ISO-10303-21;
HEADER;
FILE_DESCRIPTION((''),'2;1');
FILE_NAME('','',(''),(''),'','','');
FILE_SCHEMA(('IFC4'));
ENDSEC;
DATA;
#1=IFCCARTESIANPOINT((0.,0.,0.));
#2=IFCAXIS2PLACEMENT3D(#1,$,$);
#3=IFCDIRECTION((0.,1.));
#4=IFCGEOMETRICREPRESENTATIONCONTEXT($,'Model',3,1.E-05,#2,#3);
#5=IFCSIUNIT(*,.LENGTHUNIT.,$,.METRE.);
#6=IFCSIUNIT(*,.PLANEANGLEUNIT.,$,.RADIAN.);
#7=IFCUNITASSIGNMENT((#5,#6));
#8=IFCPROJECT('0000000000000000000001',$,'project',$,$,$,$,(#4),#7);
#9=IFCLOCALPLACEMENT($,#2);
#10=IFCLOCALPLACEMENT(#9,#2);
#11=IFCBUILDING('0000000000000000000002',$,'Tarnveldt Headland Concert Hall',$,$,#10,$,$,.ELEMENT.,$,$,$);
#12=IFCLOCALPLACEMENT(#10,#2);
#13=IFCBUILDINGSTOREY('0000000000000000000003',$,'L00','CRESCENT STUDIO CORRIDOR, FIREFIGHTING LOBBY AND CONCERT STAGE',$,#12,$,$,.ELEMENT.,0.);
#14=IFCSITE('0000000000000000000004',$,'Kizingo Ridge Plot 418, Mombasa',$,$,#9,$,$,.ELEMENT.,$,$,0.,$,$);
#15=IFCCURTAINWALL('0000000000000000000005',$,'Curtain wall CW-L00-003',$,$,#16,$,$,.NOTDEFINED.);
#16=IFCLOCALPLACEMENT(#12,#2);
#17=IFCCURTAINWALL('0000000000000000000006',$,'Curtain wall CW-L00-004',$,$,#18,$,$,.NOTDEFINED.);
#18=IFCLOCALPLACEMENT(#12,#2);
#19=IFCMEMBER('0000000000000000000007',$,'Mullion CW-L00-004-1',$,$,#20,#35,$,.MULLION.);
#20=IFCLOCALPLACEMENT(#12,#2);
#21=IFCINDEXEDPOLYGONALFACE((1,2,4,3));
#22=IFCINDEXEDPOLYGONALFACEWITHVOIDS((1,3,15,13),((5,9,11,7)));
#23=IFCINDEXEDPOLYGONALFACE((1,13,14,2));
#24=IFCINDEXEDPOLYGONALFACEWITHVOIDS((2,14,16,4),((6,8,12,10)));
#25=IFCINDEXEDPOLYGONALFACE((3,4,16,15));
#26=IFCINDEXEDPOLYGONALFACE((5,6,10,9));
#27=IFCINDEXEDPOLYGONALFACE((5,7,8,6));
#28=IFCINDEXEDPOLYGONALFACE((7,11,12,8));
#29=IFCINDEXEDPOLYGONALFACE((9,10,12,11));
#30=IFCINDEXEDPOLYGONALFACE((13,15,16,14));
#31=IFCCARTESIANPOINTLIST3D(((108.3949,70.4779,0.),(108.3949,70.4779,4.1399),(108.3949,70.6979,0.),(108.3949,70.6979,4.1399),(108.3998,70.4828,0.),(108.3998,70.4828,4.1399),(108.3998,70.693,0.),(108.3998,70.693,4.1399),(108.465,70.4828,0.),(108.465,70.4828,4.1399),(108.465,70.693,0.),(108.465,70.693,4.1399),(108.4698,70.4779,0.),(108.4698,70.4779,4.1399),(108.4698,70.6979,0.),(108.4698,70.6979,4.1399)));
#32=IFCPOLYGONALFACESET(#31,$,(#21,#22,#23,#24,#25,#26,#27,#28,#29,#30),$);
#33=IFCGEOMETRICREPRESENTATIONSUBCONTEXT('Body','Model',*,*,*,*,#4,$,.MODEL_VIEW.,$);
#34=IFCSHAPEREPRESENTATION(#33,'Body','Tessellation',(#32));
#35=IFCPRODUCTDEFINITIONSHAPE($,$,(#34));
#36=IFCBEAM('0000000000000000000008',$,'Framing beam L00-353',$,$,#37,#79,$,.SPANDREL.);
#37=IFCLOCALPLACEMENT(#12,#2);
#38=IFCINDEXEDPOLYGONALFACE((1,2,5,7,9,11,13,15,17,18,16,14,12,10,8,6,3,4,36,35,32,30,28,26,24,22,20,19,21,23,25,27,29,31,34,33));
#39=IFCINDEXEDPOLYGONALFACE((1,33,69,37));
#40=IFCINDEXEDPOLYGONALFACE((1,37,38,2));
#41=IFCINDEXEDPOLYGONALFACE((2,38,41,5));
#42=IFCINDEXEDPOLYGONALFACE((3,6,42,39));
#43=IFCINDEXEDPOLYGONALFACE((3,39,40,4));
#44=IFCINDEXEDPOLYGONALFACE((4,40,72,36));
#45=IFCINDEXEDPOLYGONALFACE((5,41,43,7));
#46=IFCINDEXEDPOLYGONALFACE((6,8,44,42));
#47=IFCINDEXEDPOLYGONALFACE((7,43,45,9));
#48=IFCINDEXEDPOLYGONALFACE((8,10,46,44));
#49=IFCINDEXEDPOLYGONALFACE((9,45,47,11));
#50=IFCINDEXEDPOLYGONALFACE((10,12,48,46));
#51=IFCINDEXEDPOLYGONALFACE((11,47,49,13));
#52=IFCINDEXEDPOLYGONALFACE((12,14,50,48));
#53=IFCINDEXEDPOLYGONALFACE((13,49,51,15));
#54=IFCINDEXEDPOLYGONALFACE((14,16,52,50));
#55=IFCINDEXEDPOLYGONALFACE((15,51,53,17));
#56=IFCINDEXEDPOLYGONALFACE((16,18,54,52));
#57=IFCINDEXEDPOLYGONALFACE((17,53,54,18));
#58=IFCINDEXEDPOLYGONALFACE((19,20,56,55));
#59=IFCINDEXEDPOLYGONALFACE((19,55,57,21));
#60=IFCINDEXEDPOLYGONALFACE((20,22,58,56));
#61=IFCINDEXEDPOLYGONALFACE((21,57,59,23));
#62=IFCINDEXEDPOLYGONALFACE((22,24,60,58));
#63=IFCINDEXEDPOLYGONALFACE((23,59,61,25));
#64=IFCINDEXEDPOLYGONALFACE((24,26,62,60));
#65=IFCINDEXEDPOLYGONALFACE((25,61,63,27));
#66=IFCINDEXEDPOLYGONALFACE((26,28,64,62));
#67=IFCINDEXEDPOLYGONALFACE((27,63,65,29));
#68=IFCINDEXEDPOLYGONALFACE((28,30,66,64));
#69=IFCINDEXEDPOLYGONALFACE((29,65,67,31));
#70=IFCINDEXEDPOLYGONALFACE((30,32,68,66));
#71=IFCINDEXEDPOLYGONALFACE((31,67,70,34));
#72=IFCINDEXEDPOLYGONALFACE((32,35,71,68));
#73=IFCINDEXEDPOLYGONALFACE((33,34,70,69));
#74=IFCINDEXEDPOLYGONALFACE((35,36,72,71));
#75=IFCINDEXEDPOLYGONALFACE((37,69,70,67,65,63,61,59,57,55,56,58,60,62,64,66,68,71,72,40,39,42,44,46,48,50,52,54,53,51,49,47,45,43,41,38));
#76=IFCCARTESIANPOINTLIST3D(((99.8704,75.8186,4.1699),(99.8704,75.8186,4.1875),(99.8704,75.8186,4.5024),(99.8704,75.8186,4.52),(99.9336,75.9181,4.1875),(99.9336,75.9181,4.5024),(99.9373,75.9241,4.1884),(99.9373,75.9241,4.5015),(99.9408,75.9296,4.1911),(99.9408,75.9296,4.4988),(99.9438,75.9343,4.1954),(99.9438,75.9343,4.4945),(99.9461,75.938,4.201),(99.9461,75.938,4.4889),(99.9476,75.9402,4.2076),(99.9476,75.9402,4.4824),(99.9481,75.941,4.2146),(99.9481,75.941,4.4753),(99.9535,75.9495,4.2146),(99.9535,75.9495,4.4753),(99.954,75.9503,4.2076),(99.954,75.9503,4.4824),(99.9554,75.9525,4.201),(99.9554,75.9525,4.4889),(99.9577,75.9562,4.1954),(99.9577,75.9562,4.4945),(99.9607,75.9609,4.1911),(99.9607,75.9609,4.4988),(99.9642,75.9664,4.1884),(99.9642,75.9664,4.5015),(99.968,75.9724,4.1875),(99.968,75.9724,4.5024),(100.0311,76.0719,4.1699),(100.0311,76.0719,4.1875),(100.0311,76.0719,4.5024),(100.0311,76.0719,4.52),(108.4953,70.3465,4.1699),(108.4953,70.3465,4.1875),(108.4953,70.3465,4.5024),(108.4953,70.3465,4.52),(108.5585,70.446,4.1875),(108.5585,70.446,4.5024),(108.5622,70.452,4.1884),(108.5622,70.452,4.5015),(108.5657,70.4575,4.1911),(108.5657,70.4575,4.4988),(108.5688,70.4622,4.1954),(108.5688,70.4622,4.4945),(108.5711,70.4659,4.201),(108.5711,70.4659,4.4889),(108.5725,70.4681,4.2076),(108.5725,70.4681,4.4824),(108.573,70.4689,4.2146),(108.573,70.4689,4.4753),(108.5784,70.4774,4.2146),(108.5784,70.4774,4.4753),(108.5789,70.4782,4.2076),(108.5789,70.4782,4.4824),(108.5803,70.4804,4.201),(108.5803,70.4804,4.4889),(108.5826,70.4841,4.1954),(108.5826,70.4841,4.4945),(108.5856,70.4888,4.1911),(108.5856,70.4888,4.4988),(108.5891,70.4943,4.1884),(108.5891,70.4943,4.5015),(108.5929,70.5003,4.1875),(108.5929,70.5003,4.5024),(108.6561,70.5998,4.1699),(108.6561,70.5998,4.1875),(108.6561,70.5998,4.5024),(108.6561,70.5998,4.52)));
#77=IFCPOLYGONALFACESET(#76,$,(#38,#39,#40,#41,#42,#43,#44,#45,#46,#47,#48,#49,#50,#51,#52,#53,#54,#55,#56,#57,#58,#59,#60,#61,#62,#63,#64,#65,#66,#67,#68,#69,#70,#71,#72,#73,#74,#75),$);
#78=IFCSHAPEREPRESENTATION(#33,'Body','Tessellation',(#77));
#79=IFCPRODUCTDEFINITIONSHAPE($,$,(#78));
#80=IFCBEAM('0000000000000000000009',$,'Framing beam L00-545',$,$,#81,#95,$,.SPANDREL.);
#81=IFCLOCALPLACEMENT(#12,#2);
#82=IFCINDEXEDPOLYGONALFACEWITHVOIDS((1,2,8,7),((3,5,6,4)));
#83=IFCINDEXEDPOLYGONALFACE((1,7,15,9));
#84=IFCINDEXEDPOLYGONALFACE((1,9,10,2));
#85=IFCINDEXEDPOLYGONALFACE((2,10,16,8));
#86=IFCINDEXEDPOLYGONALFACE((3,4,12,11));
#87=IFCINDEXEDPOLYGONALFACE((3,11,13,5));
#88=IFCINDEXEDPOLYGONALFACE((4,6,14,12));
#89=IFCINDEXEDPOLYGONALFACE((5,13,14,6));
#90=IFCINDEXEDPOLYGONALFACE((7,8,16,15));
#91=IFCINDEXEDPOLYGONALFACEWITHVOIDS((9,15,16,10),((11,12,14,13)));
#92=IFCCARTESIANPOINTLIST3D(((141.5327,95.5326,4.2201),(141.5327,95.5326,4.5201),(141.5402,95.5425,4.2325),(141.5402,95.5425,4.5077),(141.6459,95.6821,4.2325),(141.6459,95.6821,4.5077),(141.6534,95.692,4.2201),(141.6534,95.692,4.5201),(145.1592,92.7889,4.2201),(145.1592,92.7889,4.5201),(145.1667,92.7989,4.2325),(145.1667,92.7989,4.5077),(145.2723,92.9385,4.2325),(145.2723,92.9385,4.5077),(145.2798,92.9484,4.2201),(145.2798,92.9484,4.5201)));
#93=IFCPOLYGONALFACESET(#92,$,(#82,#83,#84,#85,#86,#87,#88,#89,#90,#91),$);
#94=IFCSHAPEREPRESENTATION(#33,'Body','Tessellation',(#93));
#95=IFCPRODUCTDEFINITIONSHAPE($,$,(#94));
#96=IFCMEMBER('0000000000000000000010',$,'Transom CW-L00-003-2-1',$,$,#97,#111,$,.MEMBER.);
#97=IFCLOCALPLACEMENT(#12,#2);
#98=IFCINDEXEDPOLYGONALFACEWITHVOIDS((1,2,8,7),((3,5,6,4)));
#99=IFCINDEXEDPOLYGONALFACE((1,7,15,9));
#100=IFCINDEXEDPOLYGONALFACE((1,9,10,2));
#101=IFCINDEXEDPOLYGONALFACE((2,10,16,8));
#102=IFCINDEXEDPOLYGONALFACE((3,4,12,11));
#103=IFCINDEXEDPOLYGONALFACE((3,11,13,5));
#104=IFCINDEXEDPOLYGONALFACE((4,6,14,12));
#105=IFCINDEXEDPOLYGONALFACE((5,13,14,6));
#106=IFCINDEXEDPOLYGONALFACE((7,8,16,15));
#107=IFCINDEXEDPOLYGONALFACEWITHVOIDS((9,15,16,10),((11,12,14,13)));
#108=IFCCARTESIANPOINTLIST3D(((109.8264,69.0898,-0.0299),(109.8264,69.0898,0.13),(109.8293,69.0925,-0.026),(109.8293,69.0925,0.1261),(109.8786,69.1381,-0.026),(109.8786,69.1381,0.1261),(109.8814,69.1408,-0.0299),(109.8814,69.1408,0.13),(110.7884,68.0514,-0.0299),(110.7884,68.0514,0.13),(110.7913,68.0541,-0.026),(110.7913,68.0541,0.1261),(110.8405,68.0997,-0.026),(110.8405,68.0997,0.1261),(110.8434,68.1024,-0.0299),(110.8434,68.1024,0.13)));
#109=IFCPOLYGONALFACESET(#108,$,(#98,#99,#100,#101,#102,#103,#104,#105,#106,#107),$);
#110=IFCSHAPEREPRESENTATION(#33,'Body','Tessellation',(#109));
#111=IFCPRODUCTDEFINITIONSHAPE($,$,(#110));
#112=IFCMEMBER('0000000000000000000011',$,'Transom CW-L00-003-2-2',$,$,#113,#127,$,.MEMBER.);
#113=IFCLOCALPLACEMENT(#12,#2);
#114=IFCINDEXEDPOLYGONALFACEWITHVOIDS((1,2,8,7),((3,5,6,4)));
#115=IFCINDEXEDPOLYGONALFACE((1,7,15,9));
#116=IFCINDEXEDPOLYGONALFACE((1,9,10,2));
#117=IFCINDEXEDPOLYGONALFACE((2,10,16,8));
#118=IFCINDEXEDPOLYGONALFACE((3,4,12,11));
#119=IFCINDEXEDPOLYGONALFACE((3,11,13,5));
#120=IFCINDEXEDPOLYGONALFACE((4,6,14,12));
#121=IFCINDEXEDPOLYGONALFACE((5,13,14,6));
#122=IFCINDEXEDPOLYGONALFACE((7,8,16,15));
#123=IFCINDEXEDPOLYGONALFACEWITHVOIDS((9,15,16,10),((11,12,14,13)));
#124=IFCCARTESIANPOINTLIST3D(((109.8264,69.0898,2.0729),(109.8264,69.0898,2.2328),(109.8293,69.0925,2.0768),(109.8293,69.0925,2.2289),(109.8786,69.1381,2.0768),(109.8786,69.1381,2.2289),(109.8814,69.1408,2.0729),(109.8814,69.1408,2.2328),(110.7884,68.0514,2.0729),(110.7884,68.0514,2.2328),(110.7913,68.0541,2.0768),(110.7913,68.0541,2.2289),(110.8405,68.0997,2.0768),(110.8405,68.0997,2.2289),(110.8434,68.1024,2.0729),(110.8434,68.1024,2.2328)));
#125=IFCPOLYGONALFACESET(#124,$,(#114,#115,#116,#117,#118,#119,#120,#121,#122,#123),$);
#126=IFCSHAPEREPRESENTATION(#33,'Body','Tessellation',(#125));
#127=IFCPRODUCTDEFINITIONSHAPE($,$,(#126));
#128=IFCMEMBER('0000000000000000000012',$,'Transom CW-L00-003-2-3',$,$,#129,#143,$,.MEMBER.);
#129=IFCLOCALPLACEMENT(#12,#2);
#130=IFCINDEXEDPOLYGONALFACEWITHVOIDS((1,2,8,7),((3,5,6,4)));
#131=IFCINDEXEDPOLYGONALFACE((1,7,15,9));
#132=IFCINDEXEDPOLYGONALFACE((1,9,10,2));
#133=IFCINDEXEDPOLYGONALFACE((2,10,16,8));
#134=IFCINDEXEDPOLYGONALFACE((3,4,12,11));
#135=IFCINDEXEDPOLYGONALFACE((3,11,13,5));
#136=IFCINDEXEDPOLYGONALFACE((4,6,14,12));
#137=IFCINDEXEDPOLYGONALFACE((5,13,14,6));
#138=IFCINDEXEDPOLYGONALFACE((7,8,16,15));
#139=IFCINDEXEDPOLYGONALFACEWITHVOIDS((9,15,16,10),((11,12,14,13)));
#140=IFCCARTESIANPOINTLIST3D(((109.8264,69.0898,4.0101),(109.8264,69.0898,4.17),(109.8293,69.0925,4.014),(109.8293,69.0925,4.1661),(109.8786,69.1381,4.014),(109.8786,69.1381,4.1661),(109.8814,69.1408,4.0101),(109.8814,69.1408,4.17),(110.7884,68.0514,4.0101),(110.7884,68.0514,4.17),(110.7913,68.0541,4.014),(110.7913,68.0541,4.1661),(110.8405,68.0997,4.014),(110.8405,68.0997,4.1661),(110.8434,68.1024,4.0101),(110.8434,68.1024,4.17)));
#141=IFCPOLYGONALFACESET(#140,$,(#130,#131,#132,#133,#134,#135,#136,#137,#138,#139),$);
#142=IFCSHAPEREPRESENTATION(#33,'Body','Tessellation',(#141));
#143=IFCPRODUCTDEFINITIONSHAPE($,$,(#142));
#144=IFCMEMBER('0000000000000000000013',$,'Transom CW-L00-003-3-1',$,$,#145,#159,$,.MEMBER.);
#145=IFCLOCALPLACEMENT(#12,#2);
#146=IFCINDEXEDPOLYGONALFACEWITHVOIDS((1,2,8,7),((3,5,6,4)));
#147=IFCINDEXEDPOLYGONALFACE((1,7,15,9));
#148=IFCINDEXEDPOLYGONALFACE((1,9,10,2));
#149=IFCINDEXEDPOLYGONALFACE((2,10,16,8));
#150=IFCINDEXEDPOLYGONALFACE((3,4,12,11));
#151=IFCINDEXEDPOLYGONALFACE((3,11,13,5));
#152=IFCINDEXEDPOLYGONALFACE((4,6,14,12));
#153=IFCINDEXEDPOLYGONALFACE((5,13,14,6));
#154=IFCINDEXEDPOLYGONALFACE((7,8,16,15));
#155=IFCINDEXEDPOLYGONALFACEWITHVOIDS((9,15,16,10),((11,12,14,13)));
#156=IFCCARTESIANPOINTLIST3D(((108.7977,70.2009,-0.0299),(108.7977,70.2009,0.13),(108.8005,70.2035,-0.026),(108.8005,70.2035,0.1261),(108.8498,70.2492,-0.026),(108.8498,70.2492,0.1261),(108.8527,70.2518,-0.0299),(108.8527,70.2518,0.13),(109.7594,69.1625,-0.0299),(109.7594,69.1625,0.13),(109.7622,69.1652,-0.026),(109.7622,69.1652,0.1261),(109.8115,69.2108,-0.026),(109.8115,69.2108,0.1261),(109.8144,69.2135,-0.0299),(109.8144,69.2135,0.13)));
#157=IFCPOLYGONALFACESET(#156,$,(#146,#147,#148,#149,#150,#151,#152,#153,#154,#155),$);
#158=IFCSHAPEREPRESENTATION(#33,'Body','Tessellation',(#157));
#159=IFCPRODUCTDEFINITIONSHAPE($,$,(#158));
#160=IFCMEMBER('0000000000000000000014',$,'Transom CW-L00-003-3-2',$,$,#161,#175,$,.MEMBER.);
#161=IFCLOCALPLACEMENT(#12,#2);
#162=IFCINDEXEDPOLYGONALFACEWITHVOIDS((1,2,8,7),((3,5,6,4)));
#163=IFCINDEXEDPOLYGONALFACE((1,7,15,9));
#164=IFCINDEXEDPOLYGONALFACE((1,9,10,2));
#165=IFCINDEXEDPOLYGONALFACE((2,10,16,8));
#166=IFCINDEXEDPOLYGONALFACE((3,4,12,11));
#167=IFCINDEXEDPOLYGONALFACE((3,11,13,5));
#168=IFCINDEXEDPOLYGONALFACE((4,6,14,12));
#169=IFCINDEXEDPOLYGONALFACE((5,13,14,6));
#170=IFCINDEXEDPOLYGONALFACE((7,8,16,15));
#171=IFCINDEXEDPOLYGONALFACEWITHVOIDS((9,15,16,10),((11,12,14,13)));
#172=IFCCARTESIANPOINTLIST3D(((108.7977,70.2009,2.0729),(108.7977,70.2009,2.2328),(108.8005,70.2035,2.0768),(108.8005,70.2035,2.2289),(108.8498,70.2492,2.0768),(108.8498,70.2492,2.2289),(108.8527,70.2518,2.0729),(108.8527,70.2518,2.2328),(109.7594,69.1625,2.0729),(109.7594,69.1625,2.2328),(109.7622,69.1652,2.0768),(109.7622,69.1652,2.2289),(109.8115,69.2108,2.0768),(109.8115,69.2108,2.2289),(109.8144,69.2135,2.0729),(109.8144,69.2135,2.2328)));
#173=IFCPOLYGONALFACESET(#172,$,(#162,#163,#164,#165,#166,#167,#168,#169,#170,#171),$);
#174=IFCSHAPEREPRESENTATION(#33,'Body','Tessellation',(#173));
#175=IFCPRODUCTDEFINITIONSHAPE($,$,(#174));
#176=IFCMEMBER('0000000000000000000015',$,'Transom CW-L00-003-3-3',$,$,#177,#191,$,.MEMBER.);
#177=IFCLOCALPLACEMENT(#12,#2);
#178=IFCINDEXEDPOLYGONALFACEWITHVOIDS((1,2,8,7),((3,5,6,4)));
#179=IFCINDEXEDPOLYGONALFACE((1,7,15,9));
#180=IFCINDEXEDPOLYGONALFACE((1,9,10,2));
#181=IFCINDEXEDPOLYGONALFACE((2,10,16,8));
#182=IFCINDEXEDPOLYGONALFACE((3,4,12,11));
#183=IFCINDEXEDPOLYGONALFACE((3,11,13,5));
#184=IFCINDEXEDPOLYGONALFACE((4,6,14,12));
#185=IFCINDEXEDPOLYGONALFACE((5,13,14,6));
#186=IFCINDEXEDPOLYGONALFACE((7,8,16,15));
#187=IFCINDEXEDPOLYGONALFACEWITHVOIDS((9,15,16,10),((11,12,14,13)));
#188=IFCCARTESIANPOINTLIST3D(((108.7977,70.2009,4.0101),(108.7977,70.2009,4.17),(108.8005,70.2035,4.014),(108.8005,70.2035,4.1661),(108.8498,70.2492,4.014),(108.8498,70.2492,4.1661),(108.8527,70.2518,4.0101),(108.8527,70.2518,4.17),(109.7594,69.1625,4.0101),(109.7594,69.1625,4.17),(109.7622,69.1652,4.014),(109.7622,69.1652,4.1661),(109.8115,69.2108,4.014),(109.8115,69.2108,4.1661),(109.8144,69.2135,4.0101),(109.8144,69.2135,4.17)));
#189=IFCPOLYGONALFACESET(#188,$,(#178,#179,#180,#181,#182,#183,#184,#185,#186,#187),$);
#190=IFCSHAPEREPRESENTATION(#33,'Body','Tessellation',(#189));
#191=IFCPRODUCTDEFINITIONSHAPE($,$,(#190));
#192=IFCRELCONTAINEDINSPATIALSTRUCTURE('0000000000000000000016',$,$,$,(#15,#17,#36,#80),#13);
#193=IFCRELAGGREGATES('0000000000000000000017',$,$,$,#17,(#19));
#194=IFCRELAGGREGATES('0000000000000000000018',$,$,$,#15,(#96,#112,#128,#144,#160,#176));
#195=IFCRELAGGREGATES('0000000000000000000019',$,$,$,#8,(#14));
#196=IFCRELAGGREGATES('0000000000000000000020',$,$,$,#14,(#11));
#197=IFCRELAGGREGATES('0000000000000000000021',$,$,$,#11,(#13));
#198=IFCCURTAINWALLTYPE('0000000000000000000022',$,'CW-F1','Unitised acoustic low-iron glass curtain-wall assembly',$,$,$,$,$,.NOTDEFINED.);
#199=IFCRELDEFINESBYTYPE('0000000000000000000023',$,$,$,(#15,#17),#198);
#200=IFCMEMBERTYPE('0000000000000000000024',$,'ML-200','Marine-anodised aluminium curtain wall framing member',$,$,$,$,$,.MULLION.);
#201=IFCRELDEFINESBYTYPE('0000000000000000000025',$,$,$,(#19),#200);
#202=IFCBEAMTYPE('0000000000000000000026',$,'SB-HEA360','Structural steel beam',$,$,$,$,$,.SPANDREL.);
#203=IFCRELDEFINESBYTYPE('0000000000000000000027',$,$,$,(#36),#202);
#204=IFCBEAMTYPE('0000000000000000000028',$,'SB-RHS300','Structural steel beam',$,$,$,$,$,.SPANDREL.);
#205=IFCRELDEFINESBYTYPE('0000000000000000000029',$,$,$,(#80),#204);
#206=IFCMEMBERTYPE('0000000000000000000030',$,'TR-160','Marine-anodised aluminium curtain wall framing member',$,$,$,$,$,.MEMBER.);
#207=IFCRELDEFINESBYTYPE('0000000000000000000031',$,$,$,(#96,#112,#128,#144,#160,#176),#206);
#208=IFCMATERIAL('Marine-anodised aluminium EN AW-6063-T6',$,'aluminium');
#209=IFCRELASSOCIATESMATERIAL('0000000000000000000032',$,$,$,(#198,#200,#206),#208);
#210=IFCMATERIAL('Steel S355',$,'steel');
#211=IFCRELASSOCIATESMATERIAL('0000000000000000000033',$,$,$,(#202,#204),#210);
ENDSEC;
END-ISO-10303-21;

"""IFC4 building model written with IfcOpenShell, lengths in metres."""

from ifc_helpers import new_model, si_unit, direction, frame, origin, origin_2d, place, context, subcontext, project, spatial, hollow_rectangle, i_section, extrude, material, material_profile, profile_set, type_object, element, aggregate, save


model = new_model("IFC4")

# Units and contexts
model_context = context("Model", 3, precision=1e-05, world=origin(), true_north=direction((0.0, 1.0)))
body_context = subcontext(model_context, "Body", "Model", "MODEL_VIEW")
ifc_project = project(units=[si_unit("LENGTHUNIT", "METRE"), si_unit("PLANEANGLEUNIT", "RADIAN")], contexts=[model_context])

# Site, building, storey
site_placement = place(None, origin())
site = spatial("IfcSite", under=ifc_project, at=site_placement, Name="Kizingo Ridge Plot 418, Mombasa", CompositionType="ELEMENT", RefElevation=0.0)
building_placement = place(site_placement, origin())
building = spatial("IfcBuilding", under=site, at=building_placement, Name="Tarnveldt Headland Concert Hall", CompositionType="ELEMENT")
storey_placement = place(building_placement, origin())
storey = spatial("IfcBuildingStorey", under=building, at=storey_placement, Name="L00", Description="CRESCENT STUDIO CORRIDOR, FIREFIGHTING LOBBY AND CONCERT STAGE", CompositionType="ELEMENT", Elevation=0.0)

# Shared definitions
ifc_material_1 = material(Name="Steel S355", Category="steel")

# Shared definitions
ifc_material_2 = material(Name="Marine-anodised aluminium EN AW-6063-T6", Category="aluminium")

# Curtain wall
curtain_wall_type_1 = type_object("IfcCurtainWallType", Name="CW-F1", Description="Unitised acoustic low-iron glass curtain-wall assembly", PredefinedType="NOTDEFINED", material=ifc_material_2)
curtain_wall_1_placement = place(storey_placement, origin())
curtain_wall_1 = element("IfcCurtainWall", 1, at=curtain_wall_1_placement, inside=storey, type_object=curtain_wall_type_1, Name="Curtain wall CW-L00-003", PredefinedType="NOTDEFINED")
ifc_material_profile_1 = material_profile(ifc_material_2, hollow_rectangle(XDim=0.075, YDim=0.22, WallThickness=0.0049, at=origin_2d()), Name="ALU MULLION 75x220x5", Category="aluminium")
ifc_profile_set_1 = profile_set([ifc_material_profile_1], Name="Marine-anodised aluminium EN AW-6063-T6")
member_type_1 = type_object("IfcMemberType", Name="ML-200", Description="Marine-anodised aluminium curtain wall framing member", PredefinedType="MULLION", material=ifc_profile_set_1)

# Curtain wall, member
curtain_wall_2_placement = place(storey_placement, origin())
curtain_wall_2 = element("IfcCurtainWall", 2, at=curtain_wall_2_placement, inside=storey, type_object=curtain_wall_type_1, Name="Curtain wall CW-L00-004", PredefinedType="NOTDEFINED")
member_1_placement = place(storey_placement, frame((108.4324, 70.5879, 0.0), z_axis=(0.0, 0.0, 1.0), x_axis=(1.0, 0.0, 0.0)))
member_1 = element("IfcMember", 3, at=member_1_placement, type_object=member_type_1, Name="Mullion CW-L00-004-1", PredefinedType="MULLION", context=body_context, shape_type="SweptSolid", body=[
    extrude(hollow_rectangle(XDim=0.075, YDim=0.22, WallThickness=0.0049, at=origin_2d()), origin(), (0.0, 0.0, 1.0), 4.1399),
])

# Beams
ifc_material_profile_2 = material_profile(ifc_material_1, i_section(OverallWidth=0.3, OverallDepth=0.3501, WebThickness=0.01, FlangeThickness=0.0176, FilletRadius=0.0271, at=origin_2d()), Name="HEA360", Category="steel")
ifc_profile_set_2 = profile_set([ifc_material_profile_2], Name="Steel S355")
beam_type_1 = type_object("IfcBeamType", Name="SB-HEA360", Description="Structural steel beam", PredefinedType="SPANDREL", material=ifc_profile_set_2)
beam_1_placement = place(storey_placement, frame((108.5757, 70.4731, 4.345), z_axis=(-0.844391, 0.535727, 0.0), x_axis=(-0.535727, -0.844391, 0.0)))
element("IfcBeam", 4, at=beam_1_placement, inside=storey, type_object=beam_type_1, Name="Framing beam L00-353", PredefinedType="SPANDREL", context=body_context, shape_type="SweptSolid", body=[
    extrude(i_section(OverallWidth=0.3, OverallDepth=0.3501, WebThickness=0.01, FlangeThickness=0.0176, FilletRadius=0.0271, at=origin_2d()), origin(), (0.0, 0.0, 1.0), 10.2144),
])
ifc_material_profile_3 = material_profile(ifc_material_1, hollow_rectangle(XDim=0.2, YDim=0.3, WallThickness=0.0125, at=origin_2d()), Name="RHS 300x200x12.5", Category="steel")
ifc_profile_set_3 = profile_set([ifc_material_profile_3], Name="Steel S355")
beam_type_2 = type_object("IfcBeamType", Name="SB-RHS300", Description="Structural steel beam", PredefinedType="SPANDREL", material=ifc_profile_set_3)
beam_2_placement = place(storey_placement, frame((145.2195, 92.8687, 4.3701), z_axis=(-0.79748, 0.603345, 0.0), x_axis=(-0.603345, -0.79748, 0.0)))
element("IfcBeam", 5, at=beam_2_placement, inside=storey, type_object=beam_type_2, Name="Framing beam L00-545", PredefinedType="SPANDREL", context=body_context, shape_type="SweptSolid", body=[
    extrude(hollow_rectangle(XDim=0.2, YDim=0.3, WallThickness=0.0125, at=origin_2d()), origin(), (0.0, 0.0, 1.0), 4.5474),
])

# Members
ifc_material_profile_4 = material_profile(ifc_material_2, hollow_rectangle(XDim=0.075, YDim=0.1599, WallThickness=0.0039, at=origin_2d()), Name="ALU TRANSOM 75x160x4", Category="aluminium")
ifc_profile_set_4 = profile_set([ifc_material_profile_4], Name="Marine-anodised aluminium EN AW-6063-T6")
member_type_2 = type_object("IfcMemberType", Name="TR-160", Description="Marine-anodised aluminium curtain wall framing member", PredefinedType="MEMBER", material=ifc_profile_set_4)
member_2_placement = place(storey_placement, frame((110.8159, 68.0769, 0.05), z_axis=(-0.679597, 0.733585, 0.0), x_axis=(-0.733585, -0.679597, 0.0)))
member_2 = element("IfcMember", 6, at=member_2_placement, type_object=member_type_2, Name="Transom CW-L00-003-2-1", PredefinedType="MEMBER", context=body_context, shape_type="SweptSolid", body=[
    extrude(hollow_rectangle(XDim=0.075, YDim=0.1599, WallThickness=0.0039, at=origin_2d()), origin(), (0.0, 0.0, 1.0), 1.4155),
])
member_3_placement = place(storey_placement, frame((110.8159, 68.0769, 2.1528), z_axis=(-0.679597, 0.733585, 0.0), x_axis=(-0.733585, -0.679597, 0.0)))
member_3 = element("IfcMember", 7, at=member_3_placement, type_object=member_type_2, Name="Transom CW-L00-003-2-2", PredefinedType="MEMBER", context=body_context, shape_type="SweptSolid", body=[
    extrude(hollow_rectangle(XDim=0.075, YDim=0.1599, WallThickness=0.0039, at=origin_2d()), origin(), (0.0, 0.0, 1.0), 1.4155),
])
member_4_placement = place(storey_placement, frame((110.8159, 68.0769, 4.0901), z_axis=(-0.679597, 0.733585, 0.0), x_axis=(-0.733585, -0.679597, 0.0)))
member_4 = element("IfcMember", 8, at=member_4_placement, type_object=member_type_2, Name="Transom CW-L00-003-2-3", PredefinedType="MEMBER", context=body_context, shape_type="SweptSolid", body=[
    extrude(hollow_rectangle(XDim=0.075, YDim=0.1599, WallThickness=0.0039, at=origin_2d()), origin(), (0.0, 0.0, 1.0), 1.4155),
])
member_5_placement = place(storey_placement, frame((109.7869, 69.188, 0.05), z_axis=(-0.679504, 0.733671, 0.0), x_axis=(-0.733671, -0.679504, 0.0)))
member_5 = element("IfcMember", 9, at=member_5_placement, type_object=member_type_2, Name="Transom CW-L00-003-3-1", PredefinedType="MEMBER", context=body_context, shape_type="SweptSolid", body=[
    extrude(hollow_rectangle(XDim=0.075, YDim=0.1599, WallThickness=0.0039, at=origin_2d()), origin(), (0.0, 0.0, 1.0), 1.4153),
])
member_6_placement = place(storey_placement, frame((109.7869, 69.188, 2.1528), z_axis=(-0.679504, 0.733671, 0.0), x_axis=(-0.733671, -0.679504, 0.0)))
member_6 = element("IfcMember", 10, at=member_6_placement, type_object=member_type_2, Name="Transom CW-L00-003-3-2", PredefinedType="MEMBER", context=body_context, shape_type="SweptSolid", body=[
    extrude(hollow_rectangle(XDim=0.075, YDim=0.1599, WallThickness=0.0039, at=origin_2d()), origin(), (0.0, 0.0, 1.0), 1.4153),
])
member_7_placement = place(storey_placement, frame((109.7869, 69.188, 4.0901), z_axis=(-0.679504, 0.733671, 0.0), x_axis=(-0.733671, -0.679504, 0.0)))
member_7 = element("IfcMember", 11, at=member_7_placement, type_object=member_type_2, Name="Transom CW-L00-003-3-3", PredefinedType="MEMBER", context=body_context, shape_type="SweptSolid", body=[
    extrude(hollow_rectangle(XDim=0.075, YDim=0.1599, WallThickness=0.0039, at=origin_2d()), origin(), (0.0, 0.0, 1.0), 1.4153),
])
aggregate(curtain_wall_2, [member_1])

aggregate(curtain_wall_1, [member_2, member_3, member_4, member_5, member_6, member_7])

save(model, "model.ifc")
